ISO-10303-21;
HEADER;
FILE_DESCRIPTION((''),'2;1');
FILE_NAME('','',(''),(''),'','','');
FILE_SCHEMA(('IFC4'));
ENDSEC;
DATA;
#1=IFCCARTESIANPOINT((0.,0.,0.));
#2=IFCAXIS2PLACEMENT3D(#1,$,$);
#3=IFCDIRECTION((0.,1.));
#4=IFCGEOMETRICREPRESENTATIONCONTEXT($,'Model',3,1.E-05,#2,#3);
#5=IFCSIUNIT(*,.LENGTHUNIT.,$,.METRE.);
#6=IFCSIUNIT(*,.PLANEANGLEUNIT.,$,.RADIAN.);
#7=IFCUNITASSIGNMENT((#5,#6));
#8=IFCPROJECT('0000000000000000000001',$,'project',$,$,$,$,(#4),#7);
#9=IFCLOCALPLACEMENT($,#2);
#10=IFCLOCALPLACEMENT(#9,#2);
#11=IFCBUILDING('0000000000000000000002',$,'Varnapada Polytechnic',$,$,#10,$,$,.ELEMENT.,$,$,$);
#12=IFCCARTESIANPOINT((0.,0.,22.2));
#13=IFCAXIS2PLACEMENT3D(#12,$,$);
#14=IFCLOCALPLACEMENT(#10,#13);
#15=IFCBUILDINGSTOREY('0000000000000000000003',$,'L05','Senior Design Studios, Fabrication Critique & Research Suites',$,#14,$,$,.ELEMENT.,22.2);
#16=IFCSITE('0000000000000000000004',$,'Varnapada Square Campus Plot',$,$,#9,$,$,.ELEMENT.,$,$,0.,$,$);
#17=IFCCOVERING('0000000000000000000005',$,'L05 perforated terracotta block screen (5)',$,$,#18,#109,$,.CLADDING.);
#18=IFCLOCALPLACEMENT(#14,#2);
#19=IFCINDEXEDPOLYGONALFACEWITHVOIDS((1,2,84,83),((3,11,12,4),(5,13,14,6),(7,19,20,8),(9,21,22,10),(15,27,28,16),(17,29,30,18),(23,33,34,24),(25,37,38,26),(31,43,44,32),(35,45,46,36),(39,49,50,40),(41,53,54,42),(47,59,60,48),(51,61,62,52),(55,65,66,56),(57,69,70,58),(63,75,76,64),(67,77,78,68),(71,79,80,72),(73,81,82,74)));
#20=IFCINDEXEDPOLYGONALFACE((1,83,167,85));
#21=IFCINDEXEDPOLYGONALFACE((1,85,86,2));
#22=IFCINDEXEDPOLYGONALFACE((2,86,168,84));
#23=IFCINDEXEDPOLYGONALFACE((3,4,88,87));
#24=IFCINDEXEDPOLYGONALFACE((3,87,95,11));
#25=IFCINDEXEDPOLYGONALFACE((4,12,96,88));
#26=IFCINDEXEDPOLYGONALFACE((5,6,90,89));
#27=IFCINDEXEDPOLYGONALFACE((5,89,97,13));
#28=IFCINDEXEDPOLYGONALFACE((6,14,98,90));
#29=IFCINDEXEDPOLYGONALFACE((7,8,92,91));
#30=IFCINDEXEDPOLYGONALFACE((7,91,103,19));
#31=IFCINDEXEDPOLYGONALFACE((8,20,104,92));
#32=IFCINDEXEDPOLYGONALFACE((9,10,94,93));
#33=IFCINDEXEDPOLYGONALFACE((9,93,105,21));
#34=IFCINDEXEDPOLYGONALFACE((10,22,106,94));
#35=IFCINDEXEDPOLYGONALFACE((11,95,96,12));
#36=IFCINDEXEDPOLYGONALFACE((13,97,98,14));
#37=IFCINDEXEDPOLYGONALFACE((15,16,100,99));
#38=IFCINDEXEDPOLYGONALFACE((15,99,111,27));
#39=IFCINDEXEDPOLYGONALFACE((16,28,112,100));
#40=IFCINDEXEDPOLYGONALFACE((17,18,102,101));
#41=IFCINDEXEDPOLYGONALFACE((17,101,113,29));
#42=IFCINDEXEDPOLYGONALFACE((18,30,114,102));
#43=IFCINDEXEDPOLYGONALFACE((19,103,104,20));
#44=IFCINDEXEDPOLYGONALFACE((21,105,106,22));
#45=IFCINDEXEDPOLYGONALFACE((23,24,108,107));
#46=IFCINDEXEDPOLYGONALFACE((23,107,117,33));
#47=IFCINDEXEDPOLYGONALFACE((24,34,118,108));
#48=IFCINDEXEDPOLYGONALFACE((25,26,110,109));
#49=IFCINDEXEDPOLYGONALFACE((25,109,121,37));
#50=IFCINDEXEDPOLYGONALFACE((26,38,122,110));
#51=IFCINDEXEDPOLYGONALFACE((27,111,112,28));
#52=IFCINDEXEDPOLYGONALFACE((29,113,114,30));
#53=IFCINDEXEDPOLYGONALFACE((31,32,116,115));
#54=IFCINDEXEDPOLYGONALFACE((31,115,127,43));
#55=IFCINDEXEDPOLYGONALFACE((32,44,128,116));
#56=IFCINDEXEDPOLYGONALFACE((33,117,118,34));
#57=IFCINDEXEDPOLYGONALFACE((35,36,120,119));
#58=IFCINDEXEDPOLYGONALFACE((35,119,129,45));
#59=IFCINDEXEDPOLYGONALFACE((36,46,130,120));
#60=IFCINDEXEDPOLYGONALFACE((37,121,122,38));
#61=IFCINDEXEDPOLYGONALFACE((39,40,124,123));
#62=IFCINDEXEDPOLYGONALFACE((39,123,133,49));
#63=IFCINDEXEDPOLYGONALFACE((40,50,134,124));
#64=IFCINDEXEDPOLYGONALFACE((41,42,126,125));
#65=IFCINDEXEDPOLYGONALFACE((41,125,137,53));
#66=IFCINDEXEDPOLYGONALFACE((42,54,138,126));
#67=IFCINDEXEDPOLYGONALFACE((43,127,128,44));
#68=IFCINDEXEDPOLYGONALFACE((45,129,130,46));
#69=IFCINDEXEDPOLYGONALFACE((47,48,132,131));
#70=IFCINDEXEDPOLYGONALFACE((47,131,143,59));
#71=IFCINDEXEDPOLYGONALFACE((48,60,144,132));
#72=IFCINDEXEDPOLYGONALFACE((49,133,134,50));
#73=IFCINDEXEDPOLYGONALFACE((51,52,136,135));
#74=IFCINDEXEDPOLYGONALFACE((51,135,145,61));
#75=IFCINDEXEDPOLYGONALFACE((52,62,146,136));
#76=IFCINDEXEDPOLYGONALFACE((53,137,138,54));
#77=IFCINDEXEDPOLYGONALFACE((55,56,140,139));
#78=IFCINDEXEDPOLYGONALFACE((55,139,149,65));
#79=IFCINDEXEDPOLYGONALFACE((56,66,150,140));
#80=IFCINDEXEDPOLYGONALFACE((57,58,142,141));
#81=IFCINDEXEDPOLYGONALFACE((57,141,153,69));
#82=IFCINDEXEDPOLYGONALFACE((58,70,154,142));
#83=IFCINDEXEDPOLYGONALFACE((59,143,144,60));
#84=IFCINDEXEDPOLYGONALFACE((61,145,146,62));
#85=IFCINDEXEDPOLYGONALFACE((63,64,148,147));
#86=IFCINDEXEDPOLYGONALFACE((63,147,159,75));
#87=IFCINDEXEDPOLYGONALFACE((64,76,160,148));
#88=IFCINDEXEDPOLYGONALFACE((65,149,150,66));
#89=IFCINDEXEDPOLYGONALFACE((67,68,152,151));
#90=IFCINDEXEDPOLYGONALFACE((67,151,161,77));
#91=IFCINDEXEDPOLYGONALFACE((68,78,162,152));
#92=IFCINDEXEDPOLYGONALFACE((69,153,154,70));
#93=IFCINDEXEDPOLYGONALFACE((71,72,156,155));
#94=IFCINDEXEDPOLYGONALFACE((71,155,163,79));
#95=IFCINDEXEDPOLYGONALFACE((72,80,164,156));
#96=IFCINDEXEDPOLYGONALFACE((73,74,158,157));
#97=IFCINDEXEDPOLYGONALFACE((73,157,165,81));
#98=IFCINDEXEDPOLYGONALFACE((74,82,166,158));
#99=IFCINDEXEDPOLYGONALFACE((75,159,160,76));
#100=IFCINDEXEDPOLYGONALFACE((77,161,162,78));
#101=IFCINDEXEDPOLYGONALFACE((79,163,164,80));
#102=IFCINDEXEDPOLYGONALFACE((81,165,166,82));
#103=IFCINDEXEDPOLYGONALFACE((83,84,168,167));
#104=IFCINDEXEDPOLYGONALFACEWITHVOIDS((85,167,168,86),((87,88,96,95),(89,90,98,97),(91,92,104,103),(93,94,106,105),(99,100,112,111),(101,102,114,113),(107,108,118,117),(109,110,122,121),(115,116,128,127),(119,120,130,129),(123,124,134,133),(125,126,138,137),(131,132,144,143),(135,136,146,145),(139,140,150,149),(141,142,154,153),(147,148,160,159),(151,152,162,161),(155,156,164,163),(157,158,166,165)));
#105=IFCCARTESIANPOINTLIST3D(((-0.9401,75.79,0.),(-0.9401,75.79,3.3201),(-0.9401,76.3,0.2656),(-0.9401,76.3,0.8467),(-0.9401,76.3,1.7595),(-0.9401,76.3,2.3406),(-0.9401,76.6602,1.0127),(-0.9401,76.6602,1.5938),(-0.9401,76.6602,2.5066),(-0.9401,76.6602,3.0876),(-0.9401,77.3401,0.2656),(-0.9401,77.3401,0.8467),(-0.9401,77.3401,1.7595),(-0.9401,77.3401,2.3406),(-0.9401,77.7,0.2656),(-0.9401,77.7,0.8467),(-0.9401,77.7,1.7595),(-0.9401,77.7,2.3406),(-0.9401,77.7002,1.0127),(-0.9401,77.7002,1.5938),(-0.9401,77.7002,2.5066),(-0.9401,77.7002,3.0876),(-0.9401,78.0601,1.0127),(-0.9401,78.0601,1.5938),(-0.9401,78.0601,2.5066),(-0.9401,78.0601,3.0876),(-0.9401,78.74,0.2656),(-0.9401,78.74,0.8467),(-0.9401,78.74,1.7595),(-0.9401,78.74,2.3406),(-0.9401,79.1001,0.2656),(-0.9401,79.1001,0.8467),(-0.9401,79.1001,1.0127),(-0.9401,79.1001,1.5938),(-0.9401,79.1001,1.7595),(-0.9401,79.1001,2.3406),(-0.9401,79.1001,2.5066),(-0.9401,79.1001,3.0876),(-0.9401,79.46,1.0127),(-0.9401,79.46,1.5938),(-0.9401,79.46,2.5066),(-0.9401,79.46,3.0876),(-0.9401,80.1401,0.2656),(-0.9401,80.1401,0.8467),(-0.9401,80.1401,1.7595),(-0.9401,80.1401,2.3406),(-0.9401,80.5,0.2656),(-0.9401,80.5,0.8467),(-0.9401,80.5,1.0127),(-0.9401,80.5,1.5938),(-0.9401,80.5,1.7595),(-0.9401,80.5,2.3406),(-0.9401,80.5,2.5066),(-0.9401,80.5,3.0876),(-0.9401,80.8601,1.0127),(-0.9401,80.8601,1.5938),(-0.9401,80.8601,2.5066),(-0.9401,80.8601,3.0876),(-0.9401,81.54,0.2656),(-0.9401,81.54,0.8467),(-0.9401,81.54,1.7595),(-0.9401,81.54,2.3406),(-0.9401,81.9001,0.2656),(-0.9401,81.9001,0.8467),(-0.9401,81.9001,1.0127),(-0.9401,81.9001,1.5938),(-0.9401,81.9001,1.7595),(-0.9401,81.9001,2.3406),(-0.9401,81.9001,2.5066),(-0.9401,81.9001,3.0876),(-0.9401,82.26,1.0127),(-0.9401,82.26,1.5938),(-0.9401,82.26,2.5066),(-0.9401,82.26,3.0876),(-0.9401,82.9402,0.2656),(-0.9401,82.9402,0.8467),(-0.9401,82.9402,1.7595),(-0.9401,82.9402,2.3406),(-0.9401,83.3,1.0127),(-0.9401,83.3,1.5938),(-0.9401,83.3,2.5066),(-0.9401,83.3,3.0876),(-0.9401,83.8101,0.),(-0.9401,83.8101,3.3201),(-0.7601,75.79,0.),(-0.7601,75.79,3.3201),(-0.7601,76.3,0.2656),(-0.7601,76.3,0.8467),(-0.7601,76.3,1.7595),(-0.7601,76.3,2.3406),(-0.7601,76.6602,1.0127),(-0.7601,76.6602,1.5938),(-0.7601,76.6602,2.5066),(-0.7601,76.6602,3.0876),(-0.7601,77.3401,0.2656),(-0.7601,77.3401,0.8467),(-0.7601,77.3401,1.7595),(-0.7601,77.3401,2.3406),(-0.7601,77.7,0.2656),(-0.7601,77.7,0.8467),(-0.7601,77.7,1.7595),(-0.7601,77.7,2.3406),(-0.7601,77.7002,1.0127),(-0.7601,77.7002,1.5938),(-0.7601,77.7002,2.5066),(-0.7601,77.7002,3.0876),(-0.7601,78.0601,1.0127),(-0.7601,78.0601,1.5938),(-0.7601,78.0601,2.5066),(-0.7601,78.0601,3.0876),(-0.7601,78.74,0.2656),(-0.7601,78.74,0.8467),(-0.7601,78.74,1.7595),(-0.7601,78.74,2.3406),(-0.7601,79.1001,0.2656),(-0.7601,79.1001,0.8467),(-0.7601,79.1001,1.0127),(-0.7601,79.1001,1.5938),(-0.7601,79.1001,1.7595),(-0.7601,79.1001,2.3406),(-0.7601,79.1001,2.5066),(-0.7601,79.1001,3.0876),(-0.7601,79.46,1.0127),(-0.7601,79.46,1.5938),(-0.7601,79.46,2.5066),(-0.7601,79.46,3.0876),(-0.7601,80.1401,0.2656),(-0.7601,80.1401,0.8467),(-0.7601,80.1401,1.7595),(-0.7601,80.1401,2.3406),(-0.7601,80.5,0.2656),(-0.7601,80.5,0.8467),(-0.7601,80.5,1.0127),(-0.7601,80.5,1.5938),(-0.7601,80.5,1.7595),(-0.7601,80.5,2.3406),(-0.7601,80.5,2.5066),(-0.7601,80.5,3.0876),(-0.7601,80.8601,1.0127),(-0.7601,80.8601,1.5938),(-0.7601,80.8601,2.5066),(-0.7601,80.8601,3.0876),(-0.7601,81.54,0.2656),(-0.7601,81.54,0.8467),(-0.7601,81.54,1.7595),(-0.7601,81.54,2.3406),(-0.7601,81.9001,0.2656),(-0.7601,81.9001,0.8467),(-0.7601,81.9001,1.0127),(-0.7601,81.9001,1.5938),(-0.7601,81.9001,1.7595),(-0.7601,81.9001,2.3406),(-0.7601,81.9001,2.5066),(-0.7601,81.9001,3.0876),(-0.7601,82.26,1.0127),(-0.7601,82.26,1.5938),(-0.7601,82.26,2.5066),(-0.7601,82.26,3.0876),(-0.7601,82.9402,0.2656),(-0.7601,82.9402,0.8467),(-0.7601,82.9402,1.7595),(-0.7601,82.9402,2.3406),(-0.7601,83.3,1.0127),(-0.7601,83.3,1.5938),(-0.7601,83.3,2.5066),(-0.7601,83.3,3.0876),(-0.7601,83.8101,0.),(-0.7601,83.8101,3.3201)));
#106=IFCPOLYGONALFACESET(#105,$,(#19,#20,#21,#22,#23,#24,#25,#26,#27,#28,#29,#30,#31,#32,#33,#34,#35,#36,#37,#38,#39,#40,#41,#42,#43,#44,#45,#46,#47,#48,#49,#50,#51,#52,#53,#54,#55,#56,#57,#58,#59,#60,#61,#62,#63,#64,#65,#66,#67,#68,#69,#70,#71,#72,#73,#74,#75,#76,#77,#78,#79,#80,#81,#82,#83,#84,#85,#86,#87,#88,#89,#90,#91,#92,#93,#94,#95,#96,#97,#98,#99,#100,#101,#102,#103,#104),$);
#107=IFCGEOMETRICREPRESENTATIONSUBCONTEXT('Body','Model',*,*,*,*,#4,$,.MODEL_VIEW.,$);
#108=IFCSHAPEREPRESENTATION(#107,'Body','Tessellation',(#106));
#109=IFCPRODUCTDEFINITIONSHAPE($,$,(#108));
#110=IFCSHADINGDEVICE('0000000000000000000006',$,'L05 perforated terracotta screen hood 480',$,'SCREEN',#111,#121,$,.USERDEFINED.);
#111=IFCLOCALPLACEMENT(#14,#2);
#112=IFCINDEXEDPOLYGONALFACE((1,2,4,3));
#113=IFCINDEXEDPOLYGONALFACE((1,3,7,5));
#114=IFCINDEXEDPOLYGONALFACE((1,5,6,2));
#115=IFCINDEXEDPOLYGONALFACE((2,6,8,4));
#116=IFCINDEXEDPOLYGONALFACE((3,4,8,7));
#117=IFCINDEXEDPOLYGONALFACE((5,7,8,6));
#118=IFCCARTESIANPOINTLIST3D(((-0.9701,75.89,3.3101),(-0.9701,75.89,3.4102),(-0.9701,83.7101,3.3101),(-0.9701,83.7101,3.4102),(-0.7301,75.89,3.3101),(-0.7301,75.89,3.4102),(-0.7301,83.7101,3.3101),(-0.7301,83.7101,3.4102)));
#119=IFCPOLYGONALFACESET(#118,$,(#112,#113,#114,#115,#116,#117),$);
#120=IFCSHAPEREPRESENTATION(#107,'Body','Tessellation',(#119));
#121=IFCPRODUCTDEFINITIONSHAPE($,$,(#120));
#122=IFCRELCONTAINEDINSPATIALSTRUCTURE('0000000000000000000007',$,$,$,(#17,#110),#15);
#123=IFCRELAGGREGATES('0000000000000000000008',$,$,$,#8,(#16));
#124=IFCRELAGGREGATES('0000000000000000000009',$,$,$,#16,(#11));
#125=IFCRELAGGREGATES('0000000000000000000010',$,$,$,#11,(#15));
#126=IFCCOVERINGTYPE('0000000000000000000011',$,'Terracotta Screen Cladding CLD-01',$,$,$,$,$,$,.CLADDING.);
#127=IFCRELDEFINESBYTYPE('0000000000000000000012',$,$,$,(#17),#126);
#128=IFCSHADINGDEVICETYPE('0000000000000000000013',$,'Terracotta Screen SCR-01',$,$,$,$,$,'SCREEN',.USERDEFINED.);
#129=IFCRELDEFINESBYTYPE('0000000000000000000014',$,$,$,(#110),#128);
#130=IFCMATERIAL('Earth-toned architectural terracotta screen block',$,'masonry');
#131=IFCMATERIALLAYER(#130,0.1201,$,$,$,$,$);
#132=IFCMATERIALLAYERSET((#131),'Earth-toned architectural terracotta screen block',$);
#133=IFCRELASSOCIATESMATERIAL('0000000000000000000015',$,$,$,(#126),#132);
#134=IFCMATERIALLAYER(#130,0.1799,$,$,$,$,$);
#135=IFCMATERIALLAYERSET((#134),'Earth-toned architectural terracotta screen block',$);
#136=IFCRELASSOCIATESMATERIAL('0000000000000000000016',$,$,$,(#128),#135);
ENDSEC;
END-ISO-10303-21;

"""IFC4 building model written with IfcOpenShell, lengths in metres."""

from ifc_helpers import new_model, si_unit, direction, frame, frame_2d, origin, origin_2d, place, context, subcontext, project, spatial, rectangle, extrude, material, layer, layer_set, type_object, element, save


model = new_model("IFC4")

# Units and contexts
model_context = context("Model", 3, precision=1e-05, world=origin(), true_north=direction((0.0, 1.0)))
body_context = subcontext(model_context, "Body", "Model", "MODEL_VIEW")
ifc_project = project(units=[si_unit("LENGTHUNIT", "METRE"), si_unit("PLANEANGLEUNIT", "RADIAN")], contexts=[model_context])

# Site, building, storey
site_placement = place(None, origin())
site = spatial("IfcSite", under=ifc_project, at=site_placement, Name="Varnapada Square Campus Plot", CompositionType="ELEMENT", RefElevation=0.0)
building_placement = place(site_placement, origin())
building = spatial("IfcBuilding", under=site, at=building_placement, Name="Varnapada Polytechnic", CompositionType="ELEMENT")
storey_placement = place(building_placement, frame((0.0, 0.0, 22.2)))
storey = spatial("IfcBuildingStorey", under=building, at=storey_placement, Name="L05", Description="Senior Design Studios, Fabrication Critique & Research Suites", CompositionType="ELEMENT", Elevation=22.2)

# Covering, openings
ifc_material_1 = material(Name="Earth-toned architectural terracotta screen block", Category="masonry")
ifc_layer_1 = layer(ifc_material_1, 0.1201)
ifc_layer_set_1 = layer_set([ifc_layer_1], Name="Earth-toned architectural terracotta screen block")
covering_type = type_object("IfcCoveringType", Name="Terracotta Screen Cladding CLD-01", PredefinedType="CLADDING", material=ifc_layer_set_1)
covering_placement = place(storey_placement, frame((-0.8501, 75.79, 0.0), z_axis=(0.0, 0.0, 1.0), x_axis=(0.0, 1.0, 0.0)))
covering = element("IfcCovering", 1, at=covering_placement, inside=storey, type_object=covering_type, Name="L05 perforated terracotta block screen (5)", PredefinedType="CLADDING", context=body_context, shape_type="SweptSolid", body=[
    extrude(rectangle(XDim=8.02, YDim=0.1799, at=frame_2d((4.01, 0.0))), origin(), (0.0, 0.0, 1.0), 3.3201),
])
opening_1_placement = place(covering_placement, frame((0.51, 0.0, 0.2656)))
element("IfcOpeningElement", 2, at=opening_1_placement, cuts=covering, PredefinedType="OPENING", context=body_context, shape_type="SweptSolid", body=[
    extrude(rectangle(XDim=1.04, YDim=0.5811, at=frame_2d((0.52, 0.2905))), frame((0.0, 0.0999, 0.0), z_axis=(0.0, -1.0, 0.0), x_axis=(1.0, 0.0, 0.0)), (0.0, 0.0, 1.0), 0.2),
])
opening_2_placement = place(covering_placement, frame((1.9099, 0.0, 0.2656)))
element("IfcOpeningElement", 3, at=opening_2_placement, cuts=covering, PredefinedType="OPENING", context=body_context, shape_type="SweptSolid", body=[
    extrude(rectangle(XDim=1.04, YDim=0.5811, at=frame_2d((0.52, 0.2905))), frame((0.0, 0.0999, 0.0), z_axis=(0.0, -1.0, 0.0), x_axis=(1.0, 0.0, 0.0)), (0.0, 0.0, 1.0), 0.2),
])
opening_3_placement = place(covering_placement, frame((3.3101, 0.0, 0.2656)))
element("IfcOpeningElement", 4, at=opening_3_placement, cuts=covering, PredefinedType="OPENING", context=body_context, shape_type="SweptSolid", body=[
    extrude(rectangle(XDim=1.04, YDim=0.5811, at=frame_2d((0.52, 0.2905))), frame((0.0, 0.0999, 0.0), z_axis=(0.0, -1.0, 0.0), x_axis=(1.0, 0.0, 0.0)), (0.0, 0.0, 1.0), 0.2),
])
opening_4_placement = place(covering_placement, frame((4.71, 0.0, 0.2656)))
element("IfcOpeningElement", 5, at=opening_4_placement, cuts=covering, PredefinedType="OPENING", context=body_context, shape_type="SweptSolid", body=[
    extrude(rectangle(XDim=1.04, YDim=0.5811, at=frame_2d((0.52, 0.2905))), frame((0.0, 0.0999, 0.0), z_axis=(0.0, -1.0, 0.0), x_axis=(1.0, 0.0, 0.0)), (0.0, 0.0, 1.0), 0.2),
])
opening_5_placement = place(covering_placement, frame((6.1101, 0.0, 0.2656)))
element("IfcOpeningElement", 6, at=opening_5_placement, cuts=covering, PredefinedType="OPENING", context=body_context, shape_type="SweptSolid", body=[
    extrude(rectangle(XDim=1.04, YDim=0.5811, at=frame_2d((0.52, 0.2905))), frame((0.0, 0.0999, 0.0), z_axis=(0.0, -1.0, 0.0), x_axis=(1.0, 0.0, 0.0)), (0.0, 0.0, 1.0), 0.2),
])
opening_6_placement = place(covering_placement, frame((0.8701, 0.0, 1.0127)))
element("IfcOpeningElement", 7, at=opening_6_placement, cuts=covering, PredefinedType="OPENING", context=body_context, shape_type="SweptSolid", body=[
    extrude(rectangle(XDim=1.04, YDim=0.5811, at=frame_2d((0.52, 0.2905))), frame((0.0, 0.0999, 0.0), z_axis=(0.0, -1.0, 0.0), x_axis=(1.0, 0.0, 0.0)), (0.0, 0.0, 1.0), 0.2),
])
opening_7_placement = place(covering_placement, frame((2.27, 0.0, 1.0127)))
element("IfcOpeningElement", 8, at=opening_7_placement, cuts=covering, PredefinedType="OPENING", context=body_context, shape_type="SweptSolid", body=[
    extrude(rectangle(XDim=1.04, YDim=0.5811, at=frame_2d((0.52, 0.2905))), frame((0.0, 0.0999, 0.0), z_axis=(0.0, -1.0, 0.0), x_axis=(1.0, 0.0, 0.0)), (0.0, 0.0, 1.0), 0.2),
])
opening_8_placement = place(covering_placement, frame((3.6699, 0.0, 1.0127)))
element("IfcOpeningElement", 9, at=opening_8_placement, cuts=covering, PredefinedType="OPENING", context=body_context, shape_type="SweptSolid", body=[
    extrude(rectangle(XDim=1.04, YDim=0.5811, at=frame_2d((0.52, 0.2905))), frame((0.0, 0.0999, 0.0), z_axis=(0.0, -1.0, 0.0), x_axis=(1.0, 0.0, 0.0)), (0.0, 0.0, 1.0), 0.2),
])
opening_9_placement = place(covering_placement, frame((5.0701, 0.0, 1.0127)))
element("IfcOpeningElement", 10, at=opening_9_placement, cuts=covering, PredefinedType="OPENING", context=body_context, shape_type="SweptSolid", body=[
    extrude(rectangle(XDim=1.04, YDim=0.5811, at=frame_2d((0.52, 0.2905))), frame((0.0, 0.0999, 0.0), z_axis=(0.0, -1.0, 0.0), x_axis=(1.0, 0.0, 0.0)), (0.0, 0.0, 1.0), 0.2),
])
opening_10_placement = place(covering_placement, frame((6.47, 0.0, 1.0127)))
element("IfcOpeningElement", 11, at=opening_10_placement, cuts=covering, PredefinedType="OPENING", context=body_context, shape_type="SweptSolid", body=[
    extrude(rectangle(XDim=1.04, YDim=0.5811, at=frame_2d((0.52, 0.2905))), frame((0.0, 0.0999, 0.0), z_axis=(0.0, -1.0, 0.0), x_axis=(1.0, 0.0, 0.0)), (0.0, 0.0, 1.0), 0.2),
])
opening_11_placement = place(covering_placement, frame((0.51, 0.0, 1.7595)))
element("IfcOpeningElement", 12, at=opening_11_placement, cuts=covering, PredefinedType="OPENING", context=body_context, shape_type="SweptSolid", body=[
    extrude(rectangle(XDim=1.04, YDim=0.5811, at=frame_2d((0.52, 0.2905))), frame((0.0, 0.0999, 0.0), z_axis=(0.0, -1.0, 0.0), x_axis=(1.0, 0.0, 0.0)), (0.0, 0.0, 1.0), 0.2),
])
opening_12_placement = place(covering_placement, frame((1.9099, 0.0, 1.7595)))
element("IfcOpeningElement", 13, at=opening_12_placement, cuts=covering, PredefinedType="OPENING", context=body_context, shape_type="SweptSolid", body=[
    extrude(rectangle(XDim=1.04, YDim=0.5811, at=frame_2d((0.52, 0.2905))), frame((0.0, 0.0999, 0.0), z_axis=(0.0, -1.0, 0.0), x_axis=(1.0, 0.0, 0.0)), (0.0, 0.0, 1.0), 0.2),
])
opening_13_placement = place(covering_placement, frame((3.3101, 0.0, 1.7595)))
element("IfcOpeningElement", 14, at=opening_13_placement, cuts=covering, PredefinedType="OPENING", context=body_context, shape_type="SweptSolid", body=[
    extrude(rectangle(XDim=1.04, YDim=0.5811, at=frame_2d((0.52, 0.2905))), frame((0.0, 0.0999, 0.0), z_axis=(0.0, -1.0, 0.0), x_axis=(1.0, 0.0, 0.0)), (0.0, 0.0, 1.0), 0.2),
])
opening_14_placement = place(covering_placement, frame((4.71, 0.0, 1.7595)))
element("IfcOpeningElement", 15, at=opening_14_placement, cuts=covering, PredefinedType="OPENING", context=body_context, shape_type="SweptSolid", body=[
    extrude(rectangle(XDim=1.04, YDim=0.5811, at=frame_2d((0.52, 0.2905))), frame((0.0, 0.0999, 0.0), z_axis=(0.0, -1.0, 0.0), x_axis=(1.0, 0.0, 0.0)), (0.0, 0.0, 1.0), 0.2),
])
opening_15_placement = place(covering_placement, frame((6.1101, 0.0, 1.7595)))
element("IfcOpeningElement", 16, at=opening_15_placement, cuts=covering, PredefinedType="OPENING", context=body_context, shape_type="SweptSolid", body=[
    extrude(rectangle(XDim=1.04, YDim=0.5811, at=frame_2d((0.52, 0.2905))), frame((0.0, 0.0999, 0.0), z_axis=(0.0, -1.0, 0.0), x_axis=(1.0, 0.0, 0.0)), (0.0, 0.0, 1.0), 0.2),
])
opening_16_placement = place(covering_placement, frame((0.8701, 0.0, 2.5066)))
element("IfcOpeningElement", 17, at=opening_16_placement, cuts=covering, PredefinedType="OPENING", context=body_context, shape_type="SweptSolid", body=[
    extrude(rectangle(XDim=1.04, YDim=0.5811, at=frame_2d((0.52, 0.2905))), frame((0.0, 0.0999, 0.0), z_axis=(0.0, -1.0, 0.0), x_axis=(1.0, 0.0, 0.0)), (0.0, 0.0, 1.0), 0.2),
])
opening_17_placement = place(covering_placement, frame((2.27, 0.0, 2.5066)))
element("IfcOpeningElement", 18, at=opening_17_placement, cuts=covering, PredefinedType="OPENING", context=body_context, shape_type="SweptSolid", body=[
    extrude(rectangle(XDim=1.04, YDim=0.5811, at=frame_2d((0.52, 0.2905))), frame((0.0, 0.0999, 0.0), z_axis=(0.0, -1.0, 0.0), x_axis=(1.0, 0.0, 0.0)), (0.0, 0.0, 1.0), 0.2),
])
opening_18_placement = place(covering_placement, frame((3.6699, 0.0, 2.5066)))
element("IfcOpeningElement", 19, at=opening_18_placement, cuts=covering, PredefinedType="OPENING", context=body_context, shape_type="SweptSolid", body=[
    extrude(rectangle(XDim=1.04, YDim=0.5811, at=frame_2d((0.52, 0.2905))), frame((0.0, 0.0999, 0.0), z_axis=(0.0, -1.0, 0.0), x_axis=(1.0, 0.0, 0.0)), (0.0, 0.0, 1.0), 0.2),
])
opening_19_placement = place(covering_placement, frame((5.0701, 0.0, 2.5066)))
element("IfcOpeningElement", 20, at=opening_19_placement, cuts=covering, PredefinedType="OPENING", context=body_context, shape_type="SweptSolid", body=[
    extrude(rectangle(XDim=1.04, YDim=0.5811, at=frame_2d((0.52, 0.2905))), frame((0.0, 0.0999, 0.0), z_axis=(0.0, -1.0, 0.0), x_axis=(1.0, 0.0, 0.0)), (0.0, 0.0, 1.0), 0.2),
])
opening_20_placement = place(covering_placement, frame((6.47, 0.0, 2.5066)))
element("IfcOpeningElement", 21, at=opening_20_placement, cuts=covering, PredefinedType="OPENING", context=body_context, shape_type="SweptSolid", body=[
    extrude(rectangle(XDim=1.04, YDim=0.5811, at=frame_2d((0.52, 0.2905))), frame((0.0, 0.0999, 0.0), z_axis=(0.0, -1.0, 0.0), x_axis=(1.0, 0.0, 0.0)), (0.0, 0.0, 1.0), 0.2),
])

# Shading device
ifc_layer_2 = layer(ifc_material_1, 0.1799)
ifc_layer_set_2 = layer_set([ifc_layer_2], Name="Earth-toned architectural terracotta screen block")
shading_device_type = type_object("IfcShadingDeviceType", Name="Terracotta Screen SCR-01", ElementType="SCREEN", PredefinedType="USERDEFINED", material=ifc_layer_set_2)
shading_device_placement = place(storey_placement, frame((-0.8501, 79.8, 3.3101), z_axis=(0.0, 0.0, 1.0), x_axis=(0.0, 1.0, 0.0)))
element("IfcShadingDevice", 22, at=shading_device_placement, inside=storey, type_object=shading_device_type, Name="L05 perforated terracotta screen hood 480", ObjectType="SCREEN", PredefinedType="USERDEFINED", context=body_context, shape_type="SweptSolid", body=[
    extrude(rectangle(XDim=7.8201, YDim=0.24, at=origin_2d()), origin(), (0.0, 0.0, 1.0), 0.1001),
])

save(model, "model.ifc")
